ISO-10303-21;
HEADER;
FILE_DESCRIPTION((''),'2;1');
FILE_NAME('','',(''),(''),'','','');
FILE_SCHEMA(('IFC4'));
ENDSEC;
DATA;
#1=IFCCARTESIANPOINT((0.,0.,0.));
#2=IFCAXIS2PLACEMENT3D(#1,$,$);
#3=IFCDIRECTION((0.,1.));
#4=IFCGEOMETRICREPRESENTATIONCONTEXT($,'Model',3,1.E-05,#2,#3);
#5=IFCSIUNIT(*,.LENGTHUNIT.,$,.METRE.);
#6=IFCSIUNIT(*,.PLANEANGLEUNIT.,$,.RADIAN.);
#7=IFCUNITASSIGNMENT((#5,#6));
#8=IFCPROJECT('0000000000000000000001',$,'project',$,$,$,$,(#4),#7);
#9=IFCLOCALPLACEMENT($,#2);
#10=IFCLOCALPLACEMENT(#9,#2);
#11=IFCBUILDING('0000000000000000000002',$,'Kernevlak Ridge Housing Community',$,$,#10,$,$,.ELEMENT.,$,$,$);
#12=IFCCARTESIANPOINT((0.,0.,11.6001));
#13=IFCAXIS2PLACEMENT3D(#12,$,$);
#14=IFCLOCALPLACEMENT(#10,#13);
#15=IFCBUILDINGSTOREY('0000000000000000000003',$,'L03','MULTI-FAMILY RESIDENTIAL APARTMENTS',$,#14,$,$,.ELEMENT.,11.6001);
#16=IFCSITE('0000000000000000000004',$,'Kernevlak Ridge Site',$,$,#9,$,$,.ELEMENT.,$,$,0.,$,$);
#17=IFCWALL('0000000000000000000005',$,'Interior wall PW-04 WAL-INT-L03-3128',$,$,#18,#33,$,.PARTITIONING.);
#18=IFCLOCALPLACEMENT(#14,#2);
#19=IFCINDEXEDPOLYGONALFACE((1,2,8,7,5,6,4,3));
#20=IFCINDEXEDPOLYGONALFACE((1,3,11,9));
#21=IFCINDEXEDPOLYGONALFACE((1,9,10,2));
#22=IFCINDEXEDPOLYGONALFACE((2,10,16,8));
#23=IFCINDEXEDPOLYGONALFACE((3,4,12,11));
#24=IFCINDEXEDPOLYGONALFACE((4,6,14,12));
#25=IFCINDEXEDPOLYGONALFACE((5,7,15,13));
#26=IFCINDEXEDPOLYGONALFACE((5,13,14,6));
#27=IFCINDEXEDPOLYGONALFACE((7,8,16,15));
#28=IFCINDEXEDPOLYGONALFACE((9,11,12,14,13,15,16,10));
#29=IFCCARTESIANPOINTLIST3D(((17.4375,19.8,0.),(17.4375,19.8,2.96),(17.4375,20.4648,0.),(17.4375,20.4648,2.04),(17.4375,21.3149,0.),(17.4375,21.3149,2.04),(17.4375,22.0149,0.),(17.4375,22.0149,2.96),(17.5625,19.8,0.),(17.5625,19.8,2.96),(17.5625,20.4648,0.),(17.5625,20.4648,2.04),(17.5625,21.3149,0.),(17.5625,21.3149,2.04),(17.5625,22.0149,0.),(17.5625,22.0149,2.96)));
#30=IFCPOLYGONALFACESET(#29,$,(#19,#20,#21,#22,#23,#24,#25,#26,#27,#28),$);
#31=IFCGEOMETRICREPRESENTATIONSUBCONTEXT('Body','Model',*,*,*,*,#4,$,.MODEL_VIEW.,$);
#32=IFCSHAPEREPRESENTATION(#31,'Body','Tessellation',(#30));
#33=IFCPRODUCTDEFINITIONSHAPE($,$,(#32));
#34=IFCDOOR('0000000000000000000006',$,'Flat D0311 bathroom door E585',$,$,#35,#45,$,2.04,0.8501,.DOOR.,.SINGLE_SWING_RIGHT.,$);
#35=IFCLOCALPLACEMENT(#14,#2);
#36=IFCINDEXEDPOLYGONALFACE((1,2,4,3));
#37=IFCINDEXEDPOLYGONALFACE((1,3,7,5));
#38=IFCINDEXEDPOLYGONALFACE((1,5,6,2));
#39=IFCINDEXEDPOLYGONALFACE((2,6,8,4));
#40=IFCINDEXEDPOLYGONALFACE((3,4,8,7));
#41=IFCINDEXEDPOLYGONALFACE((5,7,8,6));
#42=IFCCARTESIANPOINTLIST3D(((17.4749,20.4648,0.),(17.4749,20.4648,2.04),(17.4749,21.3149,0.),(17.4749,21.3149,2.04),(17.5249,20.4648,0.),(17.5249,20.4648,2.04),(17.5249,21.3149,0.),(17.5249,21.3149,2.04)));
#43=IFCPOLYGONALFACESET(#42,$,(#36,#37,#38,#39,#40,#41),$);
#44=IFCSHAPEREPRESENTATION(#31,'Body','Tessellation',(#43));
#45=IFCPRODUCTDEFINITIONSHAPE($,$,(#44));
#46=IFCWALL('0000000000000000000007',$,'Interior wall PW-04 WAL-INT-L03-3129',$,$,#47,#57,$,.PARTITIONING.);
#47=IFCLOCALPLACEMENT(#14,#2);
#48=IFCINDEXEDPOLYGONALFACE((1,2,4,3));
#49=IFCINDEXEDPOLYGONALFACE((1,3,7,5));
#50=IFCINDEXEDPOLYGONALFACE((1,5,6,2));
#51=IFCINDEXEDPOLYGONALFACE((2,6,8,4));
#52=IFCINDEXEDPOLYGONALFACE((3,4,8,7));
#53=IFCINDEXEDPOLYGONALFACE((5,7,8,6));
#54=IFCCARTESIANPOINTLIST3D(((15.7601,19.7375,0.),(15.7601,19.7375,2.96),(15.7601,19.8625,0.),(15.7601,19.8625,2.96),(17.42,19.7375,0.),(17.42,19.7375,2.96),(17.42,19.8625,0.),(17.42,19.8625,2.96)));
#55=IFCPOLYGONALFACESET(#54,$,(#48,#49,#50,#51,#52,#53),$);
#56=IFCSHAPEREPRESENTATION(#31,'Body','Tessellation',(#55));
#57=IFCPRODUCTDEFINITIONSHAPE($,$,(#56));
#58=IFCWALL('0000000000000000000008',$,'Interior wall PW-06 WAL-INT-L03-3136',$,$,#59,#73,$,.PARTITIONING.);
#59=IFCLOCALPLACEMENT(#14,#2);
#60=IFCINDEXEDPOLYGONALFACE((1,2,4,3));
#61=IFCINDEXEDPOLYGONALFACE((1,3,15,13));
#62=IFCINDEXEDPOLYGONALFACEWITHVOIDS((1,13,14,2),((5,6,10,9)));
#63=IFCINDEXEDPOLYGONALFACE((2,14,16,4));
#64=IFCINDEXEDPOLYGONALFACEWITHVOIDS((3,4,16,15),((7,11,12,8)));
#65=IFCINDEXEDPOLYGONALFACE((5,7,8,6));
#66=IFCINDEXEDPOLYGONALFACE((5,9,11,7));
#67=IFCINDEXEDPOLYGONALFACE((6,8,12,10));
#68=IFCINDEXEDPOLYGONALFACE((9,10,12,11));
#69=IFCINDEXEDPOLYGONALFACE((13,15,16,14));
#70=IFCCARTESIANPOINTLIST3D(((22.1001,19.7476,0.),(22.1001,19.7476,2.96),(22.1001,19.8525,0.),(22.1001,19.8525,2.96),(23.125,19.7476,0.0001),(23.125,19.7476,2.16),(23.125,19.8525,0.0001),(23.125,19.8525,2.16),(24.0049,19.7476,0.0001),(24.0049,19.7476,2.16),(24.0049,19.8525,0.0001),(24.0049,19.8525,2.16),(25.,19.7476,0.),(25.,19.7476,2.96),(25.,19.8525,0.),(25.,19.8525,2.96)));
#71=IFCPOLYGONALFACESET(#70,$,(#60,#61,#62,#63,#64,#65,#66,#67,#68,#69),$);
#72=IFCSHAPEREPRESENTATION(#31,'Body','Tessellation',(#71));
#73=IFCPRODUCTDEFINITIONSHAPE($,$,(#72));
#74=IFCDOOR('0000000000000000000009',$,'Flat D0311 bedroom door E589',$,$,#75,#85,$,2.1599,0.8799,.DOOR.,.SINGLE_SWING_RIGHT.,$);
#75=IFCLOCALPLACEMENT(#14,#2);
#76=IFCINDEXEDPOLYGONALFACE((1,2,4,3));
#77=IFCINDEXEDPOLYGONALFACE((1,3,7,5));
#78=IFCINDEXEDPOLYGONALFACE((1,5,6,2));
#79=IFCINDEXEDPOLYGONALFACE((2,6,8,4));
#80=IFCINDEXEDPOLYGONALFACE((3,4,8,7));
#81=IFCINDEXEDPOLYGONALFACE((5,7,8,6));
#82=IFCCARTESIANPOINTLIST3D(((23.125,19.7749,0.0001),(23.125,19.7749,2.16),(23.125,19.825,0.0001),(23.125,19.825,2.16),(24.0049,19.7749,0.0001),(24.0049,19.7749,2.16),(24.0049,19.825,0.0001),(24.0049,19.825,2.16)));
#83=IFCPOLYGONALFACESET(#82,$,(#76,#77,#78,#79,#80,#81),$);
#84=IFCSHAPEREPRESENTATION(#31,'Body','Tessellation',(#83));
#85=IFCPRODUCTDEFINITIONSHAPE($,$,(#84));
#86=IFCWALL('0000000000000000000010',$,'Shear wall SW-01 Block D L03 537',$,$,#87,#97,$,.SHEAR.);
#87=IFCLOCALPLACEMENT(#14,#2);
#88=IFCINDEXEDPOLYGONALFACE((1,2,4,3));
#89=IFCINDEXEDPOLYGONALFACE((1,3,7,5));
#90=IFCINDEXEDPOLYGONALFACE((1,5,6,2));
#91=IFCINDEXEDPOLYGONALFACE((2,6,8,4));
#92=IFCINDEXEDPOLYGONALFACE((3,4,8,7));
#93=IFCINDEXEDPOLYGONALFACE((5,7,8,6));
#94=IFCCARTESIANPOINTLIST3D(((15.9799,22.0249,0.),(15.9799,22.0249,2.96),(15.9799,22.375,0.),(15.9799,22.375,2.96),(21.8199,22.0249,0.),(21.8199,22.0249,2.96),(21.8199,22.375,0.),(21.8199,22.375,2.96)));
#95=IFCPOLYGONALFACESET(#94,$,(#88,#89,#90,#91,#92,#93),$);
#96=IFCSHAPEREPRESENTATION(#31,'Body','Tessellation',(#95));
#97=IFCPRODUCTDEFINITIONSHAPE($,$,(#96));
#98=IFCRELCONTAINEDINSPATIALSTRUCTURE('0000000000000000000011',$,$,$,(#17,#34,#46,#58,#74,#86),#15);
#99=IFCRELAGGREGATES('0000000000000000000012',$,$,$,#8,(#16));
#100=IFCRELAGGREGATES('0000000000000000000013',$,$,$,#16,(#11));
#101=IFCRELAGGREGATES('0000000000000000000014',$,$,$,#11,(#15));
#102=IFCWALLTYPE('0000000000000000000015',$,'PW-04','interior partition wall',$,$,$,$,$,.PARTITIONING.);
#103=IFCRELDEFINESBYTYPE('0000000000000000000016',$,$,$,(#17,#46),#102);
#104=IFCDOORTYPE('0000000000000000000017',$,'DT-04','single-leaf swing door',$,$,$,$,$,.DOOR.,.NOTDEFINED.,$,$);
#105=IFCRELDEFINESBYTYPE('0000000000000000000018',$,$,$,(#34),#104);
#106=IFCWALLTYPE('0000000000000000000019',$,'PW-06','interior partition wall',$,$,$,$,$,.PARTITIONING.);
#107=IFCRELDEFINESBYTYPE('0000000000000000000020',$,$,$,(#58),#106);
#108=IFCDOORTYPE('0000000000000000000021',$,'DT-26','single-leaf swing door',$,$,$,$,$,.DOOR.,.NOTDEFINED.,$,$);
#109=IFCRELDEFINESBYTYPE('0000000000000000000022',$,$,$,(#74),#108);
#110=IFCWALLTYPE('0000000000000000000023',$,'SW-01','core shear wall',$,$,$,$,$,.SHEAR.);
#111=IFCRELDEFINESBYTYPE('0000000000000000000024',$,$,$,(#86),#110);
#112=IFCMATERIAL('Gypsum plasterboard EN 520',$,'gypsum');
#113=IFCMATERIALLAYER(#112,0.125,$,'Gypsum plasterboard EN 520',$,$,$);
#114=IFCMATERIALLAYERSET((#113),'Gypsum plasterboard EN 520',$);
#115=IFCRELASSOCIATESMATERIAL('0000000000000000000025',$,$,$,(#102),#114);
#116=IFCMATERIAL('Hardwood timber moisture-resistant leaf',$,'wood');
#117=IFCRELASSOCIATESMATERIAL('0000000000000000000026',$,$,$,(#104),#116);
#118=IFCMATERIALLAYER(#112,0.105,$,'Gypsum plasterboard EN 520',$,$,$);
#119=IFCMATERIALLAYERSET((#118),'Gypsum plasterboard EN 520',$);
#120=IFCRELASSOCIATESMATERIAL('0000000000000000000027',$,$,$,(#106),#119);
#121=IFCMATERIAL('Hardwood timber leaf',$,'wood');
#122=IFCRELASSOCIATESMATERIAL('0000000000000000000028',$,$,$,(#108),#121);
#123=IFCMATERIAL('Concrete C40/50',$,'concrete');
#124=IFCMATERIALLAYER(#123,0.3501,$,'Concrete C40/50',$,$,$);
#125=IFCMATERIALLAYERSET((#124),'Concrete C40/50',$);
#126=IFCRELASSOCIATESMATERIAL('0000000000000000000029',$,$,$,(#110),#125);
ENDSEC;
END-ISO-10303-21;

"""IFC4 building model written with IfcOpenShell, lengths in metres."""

from ifc_helpers import new_model, si_unit, direction, frame, frame_2d, origin, place, context, subcontext, project, spatial, rectangle, extrude, material, layer, layer_set, type_object, element, fill, save


model = new_model("IFC4")

# Units and contexts
model_context = context("Model", 3, precision=1e-05, world=origin(), true_north=direction((0.0, 1.0)))
body_context = subcontext(model_context, "Body", "Model", "MODEL_VIEW")
ifc_project = project(units=[si_unit("LENGTHUNIT", "METRE"), si_unit("PLANEANGLEUNIT", "RADIAN")], contexts=[model_context])

# Site, building, storey
site_placement = place(None, origin())
site = spatial("IfcSite", under=ifc_project, at=site_placement, Name="Kernevlak Ridge Site", CompositionType="ELEMENT", RefElevation=0.0)
building_placement = place(site_placement, origin())
building = spatial("IfcBuilding", under=site, at=building_placement, Name="Kernevlak Ridge Housing Community", CompositionType="ELEMENT")
storey_placement = place(building_placement, frame((0.0, 0.0, 11.6001)))
storey = spatial("IfcBuildingStorey", under=building, at=storey_placement, Name="L03", Description="MULTI-FAMILY RESIDENTIAL APARTMENTS", CompositionType="ELEMENT", Elevation=11.6001)

# Shared definitions
ifc_material_1 = material(Name="Hardwood timber leaf", Category="wood")

# Wall, opening, door
ifc_material_2 = material(Name="Gypsum plasterboard EN 520", Category="gypsum")
ifc_layer_1 = layer(ifc_material_2, 0.125, Name="Gypsum plasterboard EN 520")
ifc_layer_set_1 = layer_set([ifc_layer_1], Name="Gypsum plasterboard EN 520")
wall_type_1 = type_object("IfcWallType", Name="PW-04", Description="interior partition wall", PredefinedType="PARTITIONING", material=ifc_layer_set_1)
wall_1_placement = place(storey_placement, frame((17.5, 22.0149, 0.0), z_axis=(0.0, 0.0, 1.0), x_axis=(0.0, -1.0, 0.0)))
wall_1 = element("IfcWall", 1, at=wall_1_placement, inside=storey, type_object=wall_type_1, Name="Interior wall PW-04 WAL-INT-L03-3128", PredefinedType="PARTITIONING", context=body_context, shape_type="SweptSolid", body=[
    extrude(rectangle(XDim=2.2148, YDim=0.125, at=frame_2d((1.1074, 0.0))), origin(), (0.0, 0.0, 1.0), 2.96),
])
opening_1_placement = place(wall_1_placement, frame((0.7, 0.0, 0.0)))
opening_1 = element("IfcOpeningElement", 2, at=opening_1_placement, cuts=wall_1, PredefinedType="OPENING", context=body_context, shape_type="SweptSolid", body=[
    extrude(rectangle(XDim=0.8501, YDim=2.04, at=frame_2d((0.425, 1.02))), frame((0.0, 0.0725, 0.0), z_axis=(0.0, -1.0, 0.0), x_axis=(1.0, 0.0, 0.0)), (0.0, 0.0, 1.0), 0.145),
])
ifc_material_3 = material(Name="Hardwood timber moisture-resistant leaf", Category="wood")
door_type_1 = type_object("IfcDoorType", Name="DT-04", Description="single-leaf swing door", OperationType="NOTDEFINED", PredefinedType="DOOR", material=ifc_material_3)
door_1_placement = place(opening_1_placement, origin())
door_1 = element("IfcDoor", 3, at=door_1_placement, inside=storey, type_object=door_type_1, Name="Flat D0311 bathroom door E585", OperationType="SINGLE_SWING_RIGHT", OverallHeight=2.04, OverallWidth=0.8501, PredefinedType="DOOR", context=body_context, shape_type="SweptSolid", body=[
    extrude(rectangle(XDim=0.8501, YDim=2.04, at=frame_2d((0.425, 1.02))), frame((0.0, 0.0249, 0.0), z_axis=(0.0, -1.0, 0.0), x_axis=(1.0, 0.0, 0.0)), (0.0, 0.0, 1.0), 0.05),
])
fill(opening_1, door_1)

# Wall
wall_2_placement = place(storey_placement, frame((15.76, 19.8, 0.0), z_axis=(0.0, 0.0, 1.0), x_axis=(1.0, 0.0, 0.0)))
element("IfcWall", 4, at=wall_2_placement, inside=storey, type_object=wall_type_1, Name="Interior wall PW-04 WAL-INT-L03-3129", PredefinedType="PARTITIONING", context=body_context, shape_type="SweptSolid", body=[
    extrude(rectangle(XDim=1.6599, YDim=0.125, at=frame_2d((0.8301, 0.0))), origin(), (0.0, 0.0, 1.0), 2.96),
])

# Wall, opening, door
ifc_layer_2 = layer(ifc_material_2, 0.105, Name="Gypsum plasterboard EN 520")
ifc_layer_set_2 = layer_set([ifc_layer_2], Name="Gypsum plasterboard EN 520")
wall_type_2 = type_object("IfcWallType", Name="PW-06", Description="interior partition wall", PredefinedType="PARTITIONING", material=ifc_layer_set_2)
wall_3_placement = place(storey_placement, frame((22.1001, 19.8, 0.0), z_axis=(0.0, 0.0, 1.0), x_axis=(1.0, 0.0, 0.0)))
wall_3 = element("IfcWall", 5, at=wall_3_placement, inside=storey, type_object=wall_type_2, Name="Interior wall PW-06 WAL-INT-L03-3136", PredefinedType="PARTITIONING", context=body_context, shape_type="SweptSolid", body=[
    extrude(rectangle(XDim=2.8999, YDim=0.105, at=frame_2d((1.45, 0.0))), origin(), (0.0, 0.0, 1.0), 2.96),
])
opening_2_placement = place(wall_3_placement, frame((1.0249, 0.0, 0.0)))
opening_2 = element("IfcOpeningElement", 6, at=opening_2_placement, cuts=wall_3, PredefinedType="OPENING", context=body_context, shape_type="SweptSolid", body=[
    extrude(rectangle(XDim=0.8799, YDim=2.1599, at=frame_2d((0.4399, 1.0801))), frame((0.0, 0.0625, 0.0), z_axis=(0.0, -1.0, 0.0), x_axis=(1.0, 0.0, 0.0)), (0.0, 0.0, 1.0), 0.125),
])
door_type_2 = type_object("IfcDoorType", Name="DT-26", Description="single-leaf swing door", OperationType="NOTDEFINED", PredefinedType="DOOR", material=ifc_material_1)
door_2_placement = place(opening_2_placement, origin())
door_2 = element("IfcDoor", 7, at=door_2_placement, inside=storey, type_object=door_type_2, Name="Flat D0311 bedroom door E589", OperationType="SINGLE_SWING_RIGHT", OverallHeight=2.1599, OverallWidth=0.8799, PredefinedType="DOOR", context=body_context, shape_type="SweptSolid", body=[
    extrude(rectangle(XDim=0.8799, YDim=2.1599, at=frame_2d((0.4399, 1.0801))), frame((0.0, 0.0249, 0.0), z_axis=(0.0, -1.0, 0.0), x_axis=(1.0, 0.0, 0.0)), (0.0, 0.0, 1.0), 0.05),
])
fill(opening_2, door_2)

# Wall
ifc_material_4 = material(Name="Concrete C40/50", Category="concrete")
ifc_layer_3 = layer(ifc_material_4, 0.3501, Name="Concrete C40/50")
ifc_layer_set_3 = layer_set([ifc_layer_3], Name="Concrete C40/50")
wall_type_3 = type_object("IfcWallType", Name="SW-01", Description="core shear wall", PredefinedType="SHEAR", material=ifc_layer_set_3)
wall_4_placement = place(storey_placement, frame((15.98, 22.2, 0.0), z_axis=(0.0, 0.0, 1.0), x_axis=(1.0, 0.0, 0.0)))
element("IfcWall", 8, at=wall_4_placement, inside=storey, type_object=wall_type_3, Name="Shear wall SW-01 Block D L03 537", PredefinedType="SHEAR", context=body_context, shape_type="SweptSolid", body=[
    extrude(rectangle(XDim=5.8401, YDim=0.3501, at=frame_2d((2.9199, 0.0))), origin(), (0.0, 0.0, 1.0), 2.96),
])

save(model, "model.ifc")
